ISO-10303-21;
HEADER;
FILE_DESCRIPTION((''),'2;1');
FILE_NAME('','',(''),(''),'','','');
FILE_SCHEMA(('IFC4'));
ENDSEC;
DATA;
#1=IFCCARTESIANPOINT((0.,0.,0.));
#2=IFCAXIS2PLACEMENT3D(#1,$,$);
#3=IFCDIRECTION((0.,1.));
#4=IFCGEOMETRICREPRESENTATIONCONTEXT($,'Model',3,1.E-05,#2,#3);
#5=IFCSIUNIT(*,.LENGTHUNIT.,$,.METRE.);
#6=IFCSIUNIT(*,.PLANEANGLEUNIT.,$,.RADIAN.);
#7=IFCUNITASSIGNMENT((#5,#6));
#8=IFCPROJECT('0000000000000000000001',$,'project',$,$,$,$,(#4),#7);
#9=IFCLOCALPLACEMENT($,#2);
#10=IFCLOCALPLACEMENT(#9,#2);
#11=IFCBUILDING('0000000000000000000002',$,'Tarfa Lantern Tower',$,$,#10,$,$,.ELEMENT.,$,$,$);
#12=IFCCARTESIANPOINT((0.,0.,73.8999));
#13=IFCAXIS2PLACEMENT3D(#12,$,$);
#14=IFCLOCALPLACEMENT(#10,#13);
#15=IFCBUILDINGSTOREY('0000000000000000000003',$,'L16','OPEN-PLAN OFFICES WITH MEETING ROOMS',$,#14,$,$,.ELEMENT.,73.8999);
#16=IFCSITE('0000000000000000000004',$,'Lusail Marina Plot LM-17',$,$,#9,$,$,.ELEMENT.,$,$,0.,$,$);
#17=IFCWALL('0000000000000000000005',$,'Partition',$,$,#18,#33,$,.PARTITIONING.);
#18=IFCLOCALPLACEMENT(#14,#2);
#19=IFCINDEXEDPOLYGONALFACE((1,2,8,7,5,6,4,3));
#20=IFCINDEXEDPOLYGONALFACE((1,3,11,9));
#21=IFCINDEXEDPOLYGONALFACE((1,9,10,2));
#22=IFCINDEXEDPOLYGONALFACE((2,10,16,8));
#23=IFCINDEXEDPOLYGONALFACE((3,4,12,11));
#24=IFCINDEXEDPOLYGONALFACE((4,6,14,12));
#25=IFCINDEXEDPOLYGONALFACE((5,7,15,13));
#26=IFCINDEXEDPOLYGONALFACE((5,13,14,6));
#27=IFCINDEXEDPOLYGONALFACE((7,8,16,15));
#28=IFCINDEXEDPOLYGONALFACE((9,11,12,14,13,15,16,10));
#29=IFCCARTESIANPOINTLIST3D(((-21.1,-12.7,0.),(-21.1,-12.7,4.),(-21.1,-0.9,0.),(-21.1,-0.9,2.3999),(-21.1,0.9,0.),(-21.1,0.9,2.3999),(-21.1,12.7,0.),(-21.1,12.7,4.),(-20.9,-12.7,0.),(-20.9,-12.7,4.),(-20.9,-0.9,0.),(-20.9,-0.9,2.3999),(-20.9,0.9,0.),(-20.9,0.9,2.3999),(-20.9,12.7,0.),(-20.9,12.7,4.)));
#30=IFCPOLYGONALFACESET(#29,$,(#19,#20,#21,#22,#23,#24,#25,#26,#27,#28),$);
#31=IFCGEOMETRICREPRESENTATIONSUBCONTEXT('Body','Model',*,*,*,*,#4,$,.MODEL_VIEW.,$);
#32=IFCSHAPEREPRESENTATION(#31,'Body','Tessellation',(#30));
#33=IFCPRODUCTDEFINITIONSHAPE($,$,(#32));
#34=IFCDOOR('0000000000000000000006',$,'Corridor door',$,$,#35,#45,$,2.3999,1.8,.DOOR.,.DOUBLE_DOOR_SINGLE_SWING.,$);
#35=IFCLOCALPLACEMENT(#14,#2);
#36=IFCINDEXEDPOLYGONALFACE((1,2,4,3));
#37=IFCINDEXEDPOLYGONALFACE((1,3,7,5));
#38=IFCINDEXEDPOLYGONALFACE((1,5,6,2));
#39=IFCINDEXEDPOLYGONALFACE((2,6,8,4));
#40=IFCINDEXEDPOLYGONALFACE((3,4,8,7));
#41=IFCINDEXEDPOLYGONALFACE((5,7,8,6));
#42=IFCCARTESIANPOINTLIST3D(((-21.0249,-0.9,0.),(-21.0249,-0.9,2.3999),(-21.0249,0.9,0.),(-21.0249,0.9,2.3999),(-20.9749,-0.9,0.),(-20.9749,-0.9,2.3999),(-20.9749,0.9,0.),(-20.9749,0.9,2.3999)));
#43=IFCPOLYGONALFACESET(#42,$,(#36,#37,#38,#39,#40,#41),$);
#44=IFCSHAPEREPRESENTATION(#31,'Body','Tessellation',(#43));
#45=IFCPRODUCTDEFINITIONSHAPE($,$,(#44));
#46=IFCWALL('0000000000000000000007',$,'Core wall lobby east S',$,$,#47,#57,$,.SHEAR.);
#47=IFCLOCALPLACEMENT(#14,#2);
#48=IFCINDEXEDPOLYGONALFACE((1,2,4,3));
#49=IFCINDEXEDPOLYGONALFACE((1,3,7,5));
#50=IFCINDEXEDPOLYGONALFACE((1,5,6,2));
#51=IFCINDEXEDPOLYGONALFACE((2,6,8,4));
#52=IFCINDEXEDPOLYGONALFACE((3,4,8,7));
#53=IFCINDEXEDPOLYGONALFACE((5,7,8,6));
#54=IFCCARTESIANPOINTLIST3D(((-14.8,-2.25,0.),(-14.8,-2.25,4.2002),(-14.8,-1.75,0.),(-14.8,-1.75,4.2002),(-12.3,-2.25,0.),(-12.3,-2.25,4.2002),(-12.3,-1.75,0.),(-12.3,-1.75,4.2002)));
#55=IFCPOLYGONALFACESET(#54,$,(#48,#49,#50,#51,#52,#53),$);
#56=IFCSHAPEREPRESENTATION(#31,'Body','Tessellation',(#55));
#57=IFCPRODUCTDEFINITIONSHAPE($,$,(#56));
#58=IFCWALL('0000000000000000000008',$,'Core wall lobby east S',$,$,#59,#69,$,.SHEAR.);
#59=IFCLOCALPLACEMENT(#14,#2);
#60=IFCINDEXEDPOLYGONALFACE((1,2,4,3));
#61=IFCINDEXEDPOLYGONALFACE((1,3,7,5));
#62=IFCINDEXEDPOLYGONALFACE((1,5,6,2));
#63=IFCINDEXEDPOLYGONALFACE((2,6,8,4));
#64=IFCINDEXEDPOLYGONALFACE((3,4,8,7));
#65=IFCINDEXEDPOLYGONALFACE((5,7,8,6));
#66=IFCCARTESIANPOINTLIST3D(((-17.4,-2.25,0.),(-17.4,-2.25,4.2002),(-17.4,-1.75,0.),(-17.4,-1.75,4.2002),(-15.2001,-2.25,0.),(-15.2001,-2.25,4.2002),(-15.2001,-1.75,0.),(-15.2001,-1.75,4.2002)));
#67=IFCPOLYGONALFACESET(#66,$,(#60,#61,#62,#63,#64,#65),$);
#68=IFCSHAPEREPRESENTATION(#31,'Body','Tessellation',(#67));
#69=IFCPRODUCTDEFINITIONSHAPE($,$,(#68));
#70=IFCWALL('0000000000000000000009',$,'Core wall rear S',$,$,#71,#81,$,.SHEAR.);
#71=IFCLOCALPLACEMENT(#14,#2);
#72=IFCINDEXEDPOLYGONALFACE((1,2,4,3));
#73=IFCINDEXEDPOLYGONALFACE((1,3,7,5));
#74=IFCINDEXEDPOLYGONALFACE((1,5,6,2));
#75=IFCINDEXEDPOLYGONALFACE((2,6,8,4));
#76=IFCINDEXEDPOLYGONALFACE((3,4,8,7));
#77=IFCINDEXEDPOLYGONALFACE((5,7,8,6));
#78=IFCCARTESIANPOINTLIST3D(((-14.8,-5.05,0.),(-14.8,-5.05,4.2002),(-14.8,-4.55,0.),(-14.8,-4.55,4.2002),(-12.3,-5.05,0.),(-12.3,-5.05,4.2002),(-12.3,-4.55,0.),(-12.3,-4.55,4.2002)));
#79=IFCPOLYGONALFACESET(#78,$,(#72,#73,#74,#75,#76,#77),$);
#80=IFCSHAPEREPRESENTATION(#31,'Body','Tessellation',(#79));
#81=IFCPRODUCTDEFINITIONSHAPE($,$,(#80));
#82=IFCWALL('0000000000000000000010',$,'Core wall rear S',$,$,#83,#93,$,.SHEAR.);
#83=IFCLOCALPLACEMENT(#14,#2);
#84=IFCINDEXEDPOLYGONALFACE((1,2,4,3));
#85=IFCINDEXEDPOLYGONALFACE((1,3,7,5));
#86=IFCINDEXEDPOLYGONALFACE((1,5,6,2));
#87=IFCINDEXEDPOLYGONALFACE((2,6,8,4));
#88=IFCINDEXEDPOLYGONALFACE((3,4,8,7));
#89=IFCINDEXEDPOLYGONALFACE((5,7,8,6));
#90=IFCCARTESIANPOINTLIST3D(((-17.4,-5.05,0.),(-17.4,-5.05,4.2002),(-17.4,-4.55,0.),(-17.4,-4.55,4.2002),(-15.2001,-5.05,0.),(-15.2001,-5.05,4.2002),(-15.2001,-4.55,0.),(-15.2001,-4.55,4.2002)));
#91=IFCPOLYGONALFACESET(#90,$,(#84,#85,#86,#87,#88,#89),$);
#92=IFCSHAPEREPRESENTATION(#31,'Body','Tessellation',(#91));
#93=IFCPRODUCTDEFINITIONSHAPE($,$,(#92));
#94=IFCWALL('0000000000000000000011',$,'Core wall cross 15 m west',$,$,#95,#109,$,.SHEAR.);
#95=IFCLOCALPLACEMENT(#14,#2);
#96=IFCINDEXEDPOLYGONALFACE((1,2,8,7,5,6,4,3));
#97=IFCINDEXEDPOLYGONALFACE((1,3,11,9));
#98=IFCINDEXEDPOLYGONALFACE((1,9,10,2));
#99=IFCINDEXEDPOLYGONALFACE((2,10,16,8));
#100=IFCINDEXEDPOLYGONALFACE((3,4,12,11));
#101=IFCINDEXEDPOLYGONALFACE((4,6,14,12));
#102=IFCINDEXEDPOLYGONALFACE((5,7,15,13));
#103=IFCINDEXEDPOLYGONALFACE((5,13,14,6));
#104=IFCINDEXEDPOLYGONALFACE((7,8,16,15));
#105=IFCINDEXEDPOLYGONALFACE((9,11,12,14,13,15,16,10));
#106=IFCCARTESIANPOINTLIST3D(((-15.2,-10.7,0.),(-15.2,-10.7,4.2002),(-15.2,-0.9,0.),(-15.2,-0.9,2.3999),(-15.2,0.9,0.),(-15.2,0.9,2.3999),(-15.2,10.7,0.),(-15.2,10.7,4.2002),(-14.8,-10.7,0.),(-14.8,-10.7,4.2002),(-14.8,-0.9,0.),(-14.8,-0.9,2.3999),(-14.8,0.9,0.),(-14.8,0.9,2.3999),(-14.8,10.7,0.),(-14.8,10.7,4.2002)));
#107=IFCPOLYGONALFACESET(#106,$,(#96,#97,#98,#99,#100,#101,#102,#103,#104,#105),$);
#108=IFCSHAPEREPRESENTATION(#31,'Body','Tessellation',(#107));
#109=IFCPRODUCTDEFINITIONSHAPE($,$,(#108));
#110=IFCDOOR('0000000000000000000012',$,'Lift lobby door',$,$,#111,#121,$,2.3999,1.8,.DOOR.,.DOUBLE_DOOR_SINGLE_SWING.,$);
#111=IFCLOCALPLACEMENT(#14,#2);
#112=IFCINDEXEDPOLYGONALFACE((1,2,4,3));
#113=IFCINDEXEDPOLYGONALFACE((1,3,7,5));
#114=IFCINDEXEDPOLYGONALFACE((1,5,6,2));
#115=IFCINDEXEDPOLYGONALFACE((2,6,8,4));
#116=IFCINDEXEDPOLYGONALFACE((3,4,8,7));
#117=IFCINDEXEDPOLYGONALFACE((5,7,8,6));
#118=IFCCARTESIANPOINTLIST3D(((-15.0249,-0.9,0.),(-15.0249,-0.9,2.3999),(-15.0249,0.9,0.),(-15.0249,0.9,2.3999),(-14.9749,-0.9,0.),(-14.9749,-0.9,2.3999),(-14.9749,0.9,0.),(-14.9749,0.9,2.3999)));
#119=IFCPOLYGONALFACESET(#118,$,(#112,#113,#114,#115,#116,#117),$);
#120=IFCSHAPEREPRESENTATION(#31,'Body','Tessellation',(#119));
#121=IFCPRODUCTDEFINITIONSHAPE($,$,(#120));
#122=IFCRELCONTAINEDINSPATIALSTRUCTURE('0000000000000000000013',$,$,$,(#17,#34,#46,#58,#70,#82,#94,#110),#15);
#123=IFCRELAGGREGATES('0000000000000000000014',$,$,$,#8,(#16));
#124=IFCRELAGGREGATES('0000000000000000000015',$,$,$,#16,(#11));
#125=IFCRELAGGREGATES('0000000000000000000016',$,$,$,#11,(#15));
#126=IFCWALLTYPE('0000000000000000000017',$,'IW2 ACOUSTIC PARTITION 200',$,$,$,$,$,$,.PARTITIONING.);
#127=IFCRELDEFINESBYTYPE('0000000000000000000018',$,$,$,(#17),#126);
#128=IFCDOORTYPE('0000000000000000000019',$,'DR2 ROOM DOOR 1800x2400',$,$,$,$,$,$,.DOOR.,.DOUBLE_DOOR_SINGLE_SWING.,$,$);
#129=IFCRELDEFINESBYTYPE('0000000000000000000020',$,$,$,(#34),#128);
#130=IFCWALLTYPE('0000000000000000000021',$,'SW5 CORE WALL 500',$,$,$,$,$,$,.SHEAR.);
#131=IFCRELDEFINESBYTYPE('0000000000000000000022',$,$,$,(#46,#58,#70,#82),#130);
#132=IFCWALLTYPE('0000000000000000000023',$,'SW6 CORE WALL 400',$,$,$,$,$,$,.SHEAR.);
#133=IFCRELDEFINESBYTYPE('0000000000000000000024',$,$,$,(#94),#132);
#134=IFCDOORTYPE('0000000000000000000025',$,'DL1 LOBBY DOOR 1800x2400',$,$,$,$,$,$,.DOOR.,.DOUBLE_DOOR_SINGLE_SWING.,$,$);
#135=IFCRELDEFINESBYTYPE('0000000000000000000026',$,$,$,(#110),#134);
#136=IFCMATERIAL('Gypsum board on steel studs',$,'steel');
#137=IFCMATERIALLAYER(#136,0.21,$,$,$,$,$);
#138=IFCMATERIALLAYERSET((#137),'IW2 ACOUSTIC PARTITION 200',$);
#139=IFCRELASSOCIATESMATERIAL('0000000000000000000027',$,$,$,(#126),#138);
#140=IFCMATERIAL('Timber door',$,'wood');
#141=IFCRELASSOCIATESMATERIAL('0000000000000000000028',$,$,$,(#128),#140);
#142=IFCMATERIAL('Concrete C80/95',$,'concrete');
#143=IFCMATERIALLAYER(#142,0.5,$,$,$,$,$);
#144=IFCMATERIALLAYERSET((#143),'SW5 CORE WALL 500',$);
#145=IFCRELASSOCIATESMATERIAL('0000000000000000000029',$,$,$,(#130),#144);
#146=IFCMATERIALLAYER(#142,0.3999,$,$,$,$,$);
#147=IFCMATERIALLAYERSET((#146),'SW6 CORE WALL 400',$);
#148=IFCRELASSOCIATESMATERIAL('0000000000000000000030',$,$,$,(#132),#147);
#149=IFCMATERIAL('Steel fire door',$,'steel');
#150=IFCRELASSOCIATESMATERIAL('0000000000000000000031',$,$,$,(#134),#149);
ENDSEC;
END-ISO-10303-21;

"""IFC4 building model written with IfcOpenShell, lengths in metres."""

from ifc_helpers import new_model, si_unit, direction, frame, frame_2d, origin, place, context, subcontext, project, spatial, rectangle, extrude, material, layer, layer_set, type_object, element, fill, save


model = new_model("IFC4")

# Units and contexts
model_context = context("Model", 3, precision=1e-05, world=origin(), true_north=direction((0.0, 1.0)))
body_context = subcontext(model_context, "Body", "Model", "MODEL_VIEW")
ifc_project = project(units=[si_unit("LENGTHUNIT", "METRE"), si_unit("PLANEANGLEUNIT", "RADIAN")], contexts=[model_context])

# Site, building, storey
site_placement = place(None, origin())
site = spatial("IfcSite", under=ifc_project, at=site_placement, Name="Lusail Marina Plot LM-17", CompositionType="ELEMENT", RefElevation=0.0)
building_placement = place(site_placement, origin())
building = spatial("IfcBuilding", under=site, at=building_placement, Name="Tarfa Lantern Tower", CompositionType="ELEMENT")
storey_placement = place(building_placement, frame((0.0, 0.0, 73.8999)))
storey = spatial("IfcBuildingStorey", under=building, at=storey_placement, Name="L16", Description="OPEN-PLAN OFFICES WITH MEETING ROOMS", CompositionType="ELEMENT", Elevation=73.8999)

# Shared definitions
ifc_material_1 = material(Name="Gypsum board on steel studs", Category="steel")
ifc_layer_1 = layer(ifc_material_1, 0.21)
ifc_layer_set_1 = layer_set([ifc_layer_1], Name="IW2 ACOUSTIC PARTITION 200")
wall_type_1 = type_object("IfcWallType", Name="IW2 ACOUSTIC PARTITION 200", PredefinedType="PARTITIONING", material=ifc_layer_set_1)
ifc_material_2 = material(Name="Timber door", Category="wood")
door_type_1 = type_object("IfcDoorType", Name="DR2 ROOM DOOR 1800x2400", OperationType="DOUBLE_DOOR_SINGLE_SWING", PredefinedType="DOOR", material=ifc_material_2)

# Wall, opening, door
wall_1_placement = place(storey_placement, frame((-21.0, -12.7, 0.0), z_axis=(0.0, 0.0, 1.0), x_axis=(0.0, 1.0, 0.0)))
wall_1 = element("IfcWall", 1, at=wall_1_placement, inside=storey, type_object=wall_type_1, Name="Partition", PredefinedType="PARTITIONING", context=body_context, shape_type="SweptSolid", body=[
    extrude(rectangle(XDim=25.3999, YDim=0.2, at=frame_2d((12.7, 0.0))), origin(), (0.0, 0.0, 1.0), 4.0),
])
opening_1_placement = place(wall_1_placement, frame((11.8, 0.0, 0.0)))
opening_1 = element("IfcOpeningElement", 2, at=opening_1_placement, cuts=wall_1, PredefinedType="OPENING", context=body_context, shape_type="SweptSolid", body=[
    extrude(rectangle(XDim=1.8, YDim=2.3999, at=frame_2d((0.8999, 1.2))), frame((0.0, 0.1099, 0.0), z_axis=(0.0, -1.0, 0.0), x_axis=(1.0, 0.0, 0.0)), (0.0, 0.0, 1.0), 0.22),
])
door_1_placement = place(opening_1_placement, origin())
door_1 = element("IfcDoor", 3, at=door_1_placement, inside=storey, type_object=door_type_1, Name="Corridor door", OperationType="DOUBLE_DOOR_SINGLE_SWING", OverallHeight=2.3999, OverallWidth=1.8, PredefinedType="DOOR", context=body_context, shape_type="SweptSolid", body=[
    extrude(rectangle(XDim=1.8, YDim=2.3999, at=frame_2d((0.8999, 1.2))), frame((0.0, 0.0249, 0.0), z_axis=(0.0, -1.0, 0.0), x_axis=(1.0, 0.0, 0.0)), (0.0, 0.0, 1.0), 0.05),
])
fill(opening_1, door_1)

# Walls
ifc_material_3 = material(Name="Concrete C80/95", Category="concrete")
ifc_layer_2 = layer(ifc_material_3, 0.5)
ifc_layer_set_2 = layer_set([ifc_layer_2], Name="SW5 CORE WALL 500")
wall_type_2 = type_object("IfcWallType", Name="SW5 CORE WALL 500", PredefinedType="SHEAR", material=ifc_layer_set_2)
wall_2_placement = place(storey_placement, frame((-12.3, -2.0, 0.0), z_axis=(0.0, 0.0, 1.0), x_axis=(-1.0, 0.0, 0.0)))
element("IfcWall", 4, at=wall_2_placement, inside=storey, type_object=wall_type_2, Name="Core wall lobby east S", PredefinedType="SHEAR", context=body_context, shape_type="SweptSolid", body=[
    extrude(rectangle(XDim=2.5, YDim=0.5, at=frame_2d((1.25, 0.0))), origin(), (0.0, 0.0, 1.0), 4.2002),
])
wall_3_placement = place(storey_placement, frame((-15.2, -2.0, 0.0), z_axis=(0.0, 0.0, 1.0), x_axis=(-1.0, 0.0, 0.0)))
element("IfcWall", 5, at=wall_3_placement, inside=storey, type_object=wall_type_2, Name="Core wall lobby east S", PredefinedType="SHEAR", context=body_context, shape_type="SweptSolid", body=[
    extrude(rectangle(XDim=2.2, YDim=0.5, at=frame_2d((1.1001, 0.0))), origin(), (0.0, 0.0, 1.0), 4.2002),
])
wall_4_placement = place(storey_placement, frame((-12.3, -4.8, 0.0), z_axis=(0.0, 0.0, 1.0), x_axis=(-1.0, 0.0, 0.0)))
element("IfcWall", 6, at=wall_4_placement, inside=storey, type_object=wall_type_2, Name="Core wall rear S", PredefinedType="SHEAR", context=body_context, shape_type="SweptSolid", body=[
    extrude(rectangle(XDim=2.5, YDim=0.5, at=frame_2d((1.25, 0.0))), origin(), (0.0, 0.0, 1.0), 4.2002),
])
wall_5_placement = place(storey_placement, frame((-15.2, -4.8, 0.0), z_axis=(0.0, 0.0, 1.0), x_axis=(-1.0, 0.0, 0.0)))
element("IfcWall", 7, at=wall_5_placement, inside=storey, type_object=wall_type_2, Name="Core wall rear S", PredefinedType="SHEAR", context=body_context, shape_type="SweptSolid", body=[
    extrude(rectangle(XDim=2.2, YDim=0.5, at=frame_2d((1.1001, 0.0))), origin(), (0.0, 0.0, 1.0), 4.2002),
])

# Wall, opening, door
ifc_layer_3 = layer(ifc_material_3, 0.3999)
ifc_layer_set_3 = layer_set([ifc_layer_3], Name="SW6 CORE WALL 400")
wall_type_3 = type_object("IfcWallType", Name="SW6 CORE WALL 400", PredefinedType="SHEAR", material=ifc_layer_set_3)
wall_6_placement = place(storey_placement, frame((-15.0, -10.7, 0.0), z_axis=(0.0, 0.0, 1.0), x_axis=(0.0, 1.0, 0.0)))
wall_6 = element("IfcWall", 8, at=wall_6_placement, inside=storey, type_object=wall_type_3, Name="Core wall cross 15 m west", PredefinedType="SHEAR", context=body_context, shape_type="SweptSolid", body=[
    extrude(rectangle(XDim=21.3999, YDim=0.3999, at=frame_2d((10.7, 0.0))), origin(), (0.0, 0.0, 1.0), 4.2002),
])
opening_2_placement = place(wall_6_placement, frame((9.8, 0.0, 0.0)))
opening_2 = element("IfcOpeningElement", 9, at=opening_2_placement, cuts=wall_6, PredefinedType="OPENING", context=body_context, shape_type="SweptSolid", body=[
    extrude(rectangle(XDim=1.8, YDim=2.3999, at=frame_2d((0.8999, 1.2))), frame((0.0, 0.21, 0.0), z_axis=(0.0, -1.0, 0.0), x_axis=(1.0, 0.0, 0.0)), (0.0, 0.0, 1.0), 0.4199),
])
ifc_material_4 = material(Name="Steel fire door", Category="steel")
door_type_2 = type_object("IfcDoorType", Name="DL1 LOBBY DOOR 1800x2400", OperationType="DOUBLE_DOOR_SINGLE_SWING", PredefinedType="DOOR", material=ifc_material_4)
door_2_placement = place(opening_2_placement, origin())
door_2 = element("IfcDoor", 10, at=door_2_placement, inside=storey, type_object=door_type_2, Name="Lift lobby door", OperationType="DOUBLE_DOOR_SINGLE_SWING", OverallHeight=2.3999, OverallWidth=1.8, PredefinedType="DOOR", context=body_context, shape_type="SweptSolid", body=[
    extrude(rectangle(XDim=1.8, YDim=2.3999, at=frame_2d((0.8999, 1.2))), frame((0.0, 0.0249, 0.0), z_axis=(0.0, -1.0, 0.0), x_axis=(1.0, 0.0, 0.0)), (0.0, 0.0, 1.0), 0.05),
])
fill(opening_2, door_2)

save(model, "model.ifc")
